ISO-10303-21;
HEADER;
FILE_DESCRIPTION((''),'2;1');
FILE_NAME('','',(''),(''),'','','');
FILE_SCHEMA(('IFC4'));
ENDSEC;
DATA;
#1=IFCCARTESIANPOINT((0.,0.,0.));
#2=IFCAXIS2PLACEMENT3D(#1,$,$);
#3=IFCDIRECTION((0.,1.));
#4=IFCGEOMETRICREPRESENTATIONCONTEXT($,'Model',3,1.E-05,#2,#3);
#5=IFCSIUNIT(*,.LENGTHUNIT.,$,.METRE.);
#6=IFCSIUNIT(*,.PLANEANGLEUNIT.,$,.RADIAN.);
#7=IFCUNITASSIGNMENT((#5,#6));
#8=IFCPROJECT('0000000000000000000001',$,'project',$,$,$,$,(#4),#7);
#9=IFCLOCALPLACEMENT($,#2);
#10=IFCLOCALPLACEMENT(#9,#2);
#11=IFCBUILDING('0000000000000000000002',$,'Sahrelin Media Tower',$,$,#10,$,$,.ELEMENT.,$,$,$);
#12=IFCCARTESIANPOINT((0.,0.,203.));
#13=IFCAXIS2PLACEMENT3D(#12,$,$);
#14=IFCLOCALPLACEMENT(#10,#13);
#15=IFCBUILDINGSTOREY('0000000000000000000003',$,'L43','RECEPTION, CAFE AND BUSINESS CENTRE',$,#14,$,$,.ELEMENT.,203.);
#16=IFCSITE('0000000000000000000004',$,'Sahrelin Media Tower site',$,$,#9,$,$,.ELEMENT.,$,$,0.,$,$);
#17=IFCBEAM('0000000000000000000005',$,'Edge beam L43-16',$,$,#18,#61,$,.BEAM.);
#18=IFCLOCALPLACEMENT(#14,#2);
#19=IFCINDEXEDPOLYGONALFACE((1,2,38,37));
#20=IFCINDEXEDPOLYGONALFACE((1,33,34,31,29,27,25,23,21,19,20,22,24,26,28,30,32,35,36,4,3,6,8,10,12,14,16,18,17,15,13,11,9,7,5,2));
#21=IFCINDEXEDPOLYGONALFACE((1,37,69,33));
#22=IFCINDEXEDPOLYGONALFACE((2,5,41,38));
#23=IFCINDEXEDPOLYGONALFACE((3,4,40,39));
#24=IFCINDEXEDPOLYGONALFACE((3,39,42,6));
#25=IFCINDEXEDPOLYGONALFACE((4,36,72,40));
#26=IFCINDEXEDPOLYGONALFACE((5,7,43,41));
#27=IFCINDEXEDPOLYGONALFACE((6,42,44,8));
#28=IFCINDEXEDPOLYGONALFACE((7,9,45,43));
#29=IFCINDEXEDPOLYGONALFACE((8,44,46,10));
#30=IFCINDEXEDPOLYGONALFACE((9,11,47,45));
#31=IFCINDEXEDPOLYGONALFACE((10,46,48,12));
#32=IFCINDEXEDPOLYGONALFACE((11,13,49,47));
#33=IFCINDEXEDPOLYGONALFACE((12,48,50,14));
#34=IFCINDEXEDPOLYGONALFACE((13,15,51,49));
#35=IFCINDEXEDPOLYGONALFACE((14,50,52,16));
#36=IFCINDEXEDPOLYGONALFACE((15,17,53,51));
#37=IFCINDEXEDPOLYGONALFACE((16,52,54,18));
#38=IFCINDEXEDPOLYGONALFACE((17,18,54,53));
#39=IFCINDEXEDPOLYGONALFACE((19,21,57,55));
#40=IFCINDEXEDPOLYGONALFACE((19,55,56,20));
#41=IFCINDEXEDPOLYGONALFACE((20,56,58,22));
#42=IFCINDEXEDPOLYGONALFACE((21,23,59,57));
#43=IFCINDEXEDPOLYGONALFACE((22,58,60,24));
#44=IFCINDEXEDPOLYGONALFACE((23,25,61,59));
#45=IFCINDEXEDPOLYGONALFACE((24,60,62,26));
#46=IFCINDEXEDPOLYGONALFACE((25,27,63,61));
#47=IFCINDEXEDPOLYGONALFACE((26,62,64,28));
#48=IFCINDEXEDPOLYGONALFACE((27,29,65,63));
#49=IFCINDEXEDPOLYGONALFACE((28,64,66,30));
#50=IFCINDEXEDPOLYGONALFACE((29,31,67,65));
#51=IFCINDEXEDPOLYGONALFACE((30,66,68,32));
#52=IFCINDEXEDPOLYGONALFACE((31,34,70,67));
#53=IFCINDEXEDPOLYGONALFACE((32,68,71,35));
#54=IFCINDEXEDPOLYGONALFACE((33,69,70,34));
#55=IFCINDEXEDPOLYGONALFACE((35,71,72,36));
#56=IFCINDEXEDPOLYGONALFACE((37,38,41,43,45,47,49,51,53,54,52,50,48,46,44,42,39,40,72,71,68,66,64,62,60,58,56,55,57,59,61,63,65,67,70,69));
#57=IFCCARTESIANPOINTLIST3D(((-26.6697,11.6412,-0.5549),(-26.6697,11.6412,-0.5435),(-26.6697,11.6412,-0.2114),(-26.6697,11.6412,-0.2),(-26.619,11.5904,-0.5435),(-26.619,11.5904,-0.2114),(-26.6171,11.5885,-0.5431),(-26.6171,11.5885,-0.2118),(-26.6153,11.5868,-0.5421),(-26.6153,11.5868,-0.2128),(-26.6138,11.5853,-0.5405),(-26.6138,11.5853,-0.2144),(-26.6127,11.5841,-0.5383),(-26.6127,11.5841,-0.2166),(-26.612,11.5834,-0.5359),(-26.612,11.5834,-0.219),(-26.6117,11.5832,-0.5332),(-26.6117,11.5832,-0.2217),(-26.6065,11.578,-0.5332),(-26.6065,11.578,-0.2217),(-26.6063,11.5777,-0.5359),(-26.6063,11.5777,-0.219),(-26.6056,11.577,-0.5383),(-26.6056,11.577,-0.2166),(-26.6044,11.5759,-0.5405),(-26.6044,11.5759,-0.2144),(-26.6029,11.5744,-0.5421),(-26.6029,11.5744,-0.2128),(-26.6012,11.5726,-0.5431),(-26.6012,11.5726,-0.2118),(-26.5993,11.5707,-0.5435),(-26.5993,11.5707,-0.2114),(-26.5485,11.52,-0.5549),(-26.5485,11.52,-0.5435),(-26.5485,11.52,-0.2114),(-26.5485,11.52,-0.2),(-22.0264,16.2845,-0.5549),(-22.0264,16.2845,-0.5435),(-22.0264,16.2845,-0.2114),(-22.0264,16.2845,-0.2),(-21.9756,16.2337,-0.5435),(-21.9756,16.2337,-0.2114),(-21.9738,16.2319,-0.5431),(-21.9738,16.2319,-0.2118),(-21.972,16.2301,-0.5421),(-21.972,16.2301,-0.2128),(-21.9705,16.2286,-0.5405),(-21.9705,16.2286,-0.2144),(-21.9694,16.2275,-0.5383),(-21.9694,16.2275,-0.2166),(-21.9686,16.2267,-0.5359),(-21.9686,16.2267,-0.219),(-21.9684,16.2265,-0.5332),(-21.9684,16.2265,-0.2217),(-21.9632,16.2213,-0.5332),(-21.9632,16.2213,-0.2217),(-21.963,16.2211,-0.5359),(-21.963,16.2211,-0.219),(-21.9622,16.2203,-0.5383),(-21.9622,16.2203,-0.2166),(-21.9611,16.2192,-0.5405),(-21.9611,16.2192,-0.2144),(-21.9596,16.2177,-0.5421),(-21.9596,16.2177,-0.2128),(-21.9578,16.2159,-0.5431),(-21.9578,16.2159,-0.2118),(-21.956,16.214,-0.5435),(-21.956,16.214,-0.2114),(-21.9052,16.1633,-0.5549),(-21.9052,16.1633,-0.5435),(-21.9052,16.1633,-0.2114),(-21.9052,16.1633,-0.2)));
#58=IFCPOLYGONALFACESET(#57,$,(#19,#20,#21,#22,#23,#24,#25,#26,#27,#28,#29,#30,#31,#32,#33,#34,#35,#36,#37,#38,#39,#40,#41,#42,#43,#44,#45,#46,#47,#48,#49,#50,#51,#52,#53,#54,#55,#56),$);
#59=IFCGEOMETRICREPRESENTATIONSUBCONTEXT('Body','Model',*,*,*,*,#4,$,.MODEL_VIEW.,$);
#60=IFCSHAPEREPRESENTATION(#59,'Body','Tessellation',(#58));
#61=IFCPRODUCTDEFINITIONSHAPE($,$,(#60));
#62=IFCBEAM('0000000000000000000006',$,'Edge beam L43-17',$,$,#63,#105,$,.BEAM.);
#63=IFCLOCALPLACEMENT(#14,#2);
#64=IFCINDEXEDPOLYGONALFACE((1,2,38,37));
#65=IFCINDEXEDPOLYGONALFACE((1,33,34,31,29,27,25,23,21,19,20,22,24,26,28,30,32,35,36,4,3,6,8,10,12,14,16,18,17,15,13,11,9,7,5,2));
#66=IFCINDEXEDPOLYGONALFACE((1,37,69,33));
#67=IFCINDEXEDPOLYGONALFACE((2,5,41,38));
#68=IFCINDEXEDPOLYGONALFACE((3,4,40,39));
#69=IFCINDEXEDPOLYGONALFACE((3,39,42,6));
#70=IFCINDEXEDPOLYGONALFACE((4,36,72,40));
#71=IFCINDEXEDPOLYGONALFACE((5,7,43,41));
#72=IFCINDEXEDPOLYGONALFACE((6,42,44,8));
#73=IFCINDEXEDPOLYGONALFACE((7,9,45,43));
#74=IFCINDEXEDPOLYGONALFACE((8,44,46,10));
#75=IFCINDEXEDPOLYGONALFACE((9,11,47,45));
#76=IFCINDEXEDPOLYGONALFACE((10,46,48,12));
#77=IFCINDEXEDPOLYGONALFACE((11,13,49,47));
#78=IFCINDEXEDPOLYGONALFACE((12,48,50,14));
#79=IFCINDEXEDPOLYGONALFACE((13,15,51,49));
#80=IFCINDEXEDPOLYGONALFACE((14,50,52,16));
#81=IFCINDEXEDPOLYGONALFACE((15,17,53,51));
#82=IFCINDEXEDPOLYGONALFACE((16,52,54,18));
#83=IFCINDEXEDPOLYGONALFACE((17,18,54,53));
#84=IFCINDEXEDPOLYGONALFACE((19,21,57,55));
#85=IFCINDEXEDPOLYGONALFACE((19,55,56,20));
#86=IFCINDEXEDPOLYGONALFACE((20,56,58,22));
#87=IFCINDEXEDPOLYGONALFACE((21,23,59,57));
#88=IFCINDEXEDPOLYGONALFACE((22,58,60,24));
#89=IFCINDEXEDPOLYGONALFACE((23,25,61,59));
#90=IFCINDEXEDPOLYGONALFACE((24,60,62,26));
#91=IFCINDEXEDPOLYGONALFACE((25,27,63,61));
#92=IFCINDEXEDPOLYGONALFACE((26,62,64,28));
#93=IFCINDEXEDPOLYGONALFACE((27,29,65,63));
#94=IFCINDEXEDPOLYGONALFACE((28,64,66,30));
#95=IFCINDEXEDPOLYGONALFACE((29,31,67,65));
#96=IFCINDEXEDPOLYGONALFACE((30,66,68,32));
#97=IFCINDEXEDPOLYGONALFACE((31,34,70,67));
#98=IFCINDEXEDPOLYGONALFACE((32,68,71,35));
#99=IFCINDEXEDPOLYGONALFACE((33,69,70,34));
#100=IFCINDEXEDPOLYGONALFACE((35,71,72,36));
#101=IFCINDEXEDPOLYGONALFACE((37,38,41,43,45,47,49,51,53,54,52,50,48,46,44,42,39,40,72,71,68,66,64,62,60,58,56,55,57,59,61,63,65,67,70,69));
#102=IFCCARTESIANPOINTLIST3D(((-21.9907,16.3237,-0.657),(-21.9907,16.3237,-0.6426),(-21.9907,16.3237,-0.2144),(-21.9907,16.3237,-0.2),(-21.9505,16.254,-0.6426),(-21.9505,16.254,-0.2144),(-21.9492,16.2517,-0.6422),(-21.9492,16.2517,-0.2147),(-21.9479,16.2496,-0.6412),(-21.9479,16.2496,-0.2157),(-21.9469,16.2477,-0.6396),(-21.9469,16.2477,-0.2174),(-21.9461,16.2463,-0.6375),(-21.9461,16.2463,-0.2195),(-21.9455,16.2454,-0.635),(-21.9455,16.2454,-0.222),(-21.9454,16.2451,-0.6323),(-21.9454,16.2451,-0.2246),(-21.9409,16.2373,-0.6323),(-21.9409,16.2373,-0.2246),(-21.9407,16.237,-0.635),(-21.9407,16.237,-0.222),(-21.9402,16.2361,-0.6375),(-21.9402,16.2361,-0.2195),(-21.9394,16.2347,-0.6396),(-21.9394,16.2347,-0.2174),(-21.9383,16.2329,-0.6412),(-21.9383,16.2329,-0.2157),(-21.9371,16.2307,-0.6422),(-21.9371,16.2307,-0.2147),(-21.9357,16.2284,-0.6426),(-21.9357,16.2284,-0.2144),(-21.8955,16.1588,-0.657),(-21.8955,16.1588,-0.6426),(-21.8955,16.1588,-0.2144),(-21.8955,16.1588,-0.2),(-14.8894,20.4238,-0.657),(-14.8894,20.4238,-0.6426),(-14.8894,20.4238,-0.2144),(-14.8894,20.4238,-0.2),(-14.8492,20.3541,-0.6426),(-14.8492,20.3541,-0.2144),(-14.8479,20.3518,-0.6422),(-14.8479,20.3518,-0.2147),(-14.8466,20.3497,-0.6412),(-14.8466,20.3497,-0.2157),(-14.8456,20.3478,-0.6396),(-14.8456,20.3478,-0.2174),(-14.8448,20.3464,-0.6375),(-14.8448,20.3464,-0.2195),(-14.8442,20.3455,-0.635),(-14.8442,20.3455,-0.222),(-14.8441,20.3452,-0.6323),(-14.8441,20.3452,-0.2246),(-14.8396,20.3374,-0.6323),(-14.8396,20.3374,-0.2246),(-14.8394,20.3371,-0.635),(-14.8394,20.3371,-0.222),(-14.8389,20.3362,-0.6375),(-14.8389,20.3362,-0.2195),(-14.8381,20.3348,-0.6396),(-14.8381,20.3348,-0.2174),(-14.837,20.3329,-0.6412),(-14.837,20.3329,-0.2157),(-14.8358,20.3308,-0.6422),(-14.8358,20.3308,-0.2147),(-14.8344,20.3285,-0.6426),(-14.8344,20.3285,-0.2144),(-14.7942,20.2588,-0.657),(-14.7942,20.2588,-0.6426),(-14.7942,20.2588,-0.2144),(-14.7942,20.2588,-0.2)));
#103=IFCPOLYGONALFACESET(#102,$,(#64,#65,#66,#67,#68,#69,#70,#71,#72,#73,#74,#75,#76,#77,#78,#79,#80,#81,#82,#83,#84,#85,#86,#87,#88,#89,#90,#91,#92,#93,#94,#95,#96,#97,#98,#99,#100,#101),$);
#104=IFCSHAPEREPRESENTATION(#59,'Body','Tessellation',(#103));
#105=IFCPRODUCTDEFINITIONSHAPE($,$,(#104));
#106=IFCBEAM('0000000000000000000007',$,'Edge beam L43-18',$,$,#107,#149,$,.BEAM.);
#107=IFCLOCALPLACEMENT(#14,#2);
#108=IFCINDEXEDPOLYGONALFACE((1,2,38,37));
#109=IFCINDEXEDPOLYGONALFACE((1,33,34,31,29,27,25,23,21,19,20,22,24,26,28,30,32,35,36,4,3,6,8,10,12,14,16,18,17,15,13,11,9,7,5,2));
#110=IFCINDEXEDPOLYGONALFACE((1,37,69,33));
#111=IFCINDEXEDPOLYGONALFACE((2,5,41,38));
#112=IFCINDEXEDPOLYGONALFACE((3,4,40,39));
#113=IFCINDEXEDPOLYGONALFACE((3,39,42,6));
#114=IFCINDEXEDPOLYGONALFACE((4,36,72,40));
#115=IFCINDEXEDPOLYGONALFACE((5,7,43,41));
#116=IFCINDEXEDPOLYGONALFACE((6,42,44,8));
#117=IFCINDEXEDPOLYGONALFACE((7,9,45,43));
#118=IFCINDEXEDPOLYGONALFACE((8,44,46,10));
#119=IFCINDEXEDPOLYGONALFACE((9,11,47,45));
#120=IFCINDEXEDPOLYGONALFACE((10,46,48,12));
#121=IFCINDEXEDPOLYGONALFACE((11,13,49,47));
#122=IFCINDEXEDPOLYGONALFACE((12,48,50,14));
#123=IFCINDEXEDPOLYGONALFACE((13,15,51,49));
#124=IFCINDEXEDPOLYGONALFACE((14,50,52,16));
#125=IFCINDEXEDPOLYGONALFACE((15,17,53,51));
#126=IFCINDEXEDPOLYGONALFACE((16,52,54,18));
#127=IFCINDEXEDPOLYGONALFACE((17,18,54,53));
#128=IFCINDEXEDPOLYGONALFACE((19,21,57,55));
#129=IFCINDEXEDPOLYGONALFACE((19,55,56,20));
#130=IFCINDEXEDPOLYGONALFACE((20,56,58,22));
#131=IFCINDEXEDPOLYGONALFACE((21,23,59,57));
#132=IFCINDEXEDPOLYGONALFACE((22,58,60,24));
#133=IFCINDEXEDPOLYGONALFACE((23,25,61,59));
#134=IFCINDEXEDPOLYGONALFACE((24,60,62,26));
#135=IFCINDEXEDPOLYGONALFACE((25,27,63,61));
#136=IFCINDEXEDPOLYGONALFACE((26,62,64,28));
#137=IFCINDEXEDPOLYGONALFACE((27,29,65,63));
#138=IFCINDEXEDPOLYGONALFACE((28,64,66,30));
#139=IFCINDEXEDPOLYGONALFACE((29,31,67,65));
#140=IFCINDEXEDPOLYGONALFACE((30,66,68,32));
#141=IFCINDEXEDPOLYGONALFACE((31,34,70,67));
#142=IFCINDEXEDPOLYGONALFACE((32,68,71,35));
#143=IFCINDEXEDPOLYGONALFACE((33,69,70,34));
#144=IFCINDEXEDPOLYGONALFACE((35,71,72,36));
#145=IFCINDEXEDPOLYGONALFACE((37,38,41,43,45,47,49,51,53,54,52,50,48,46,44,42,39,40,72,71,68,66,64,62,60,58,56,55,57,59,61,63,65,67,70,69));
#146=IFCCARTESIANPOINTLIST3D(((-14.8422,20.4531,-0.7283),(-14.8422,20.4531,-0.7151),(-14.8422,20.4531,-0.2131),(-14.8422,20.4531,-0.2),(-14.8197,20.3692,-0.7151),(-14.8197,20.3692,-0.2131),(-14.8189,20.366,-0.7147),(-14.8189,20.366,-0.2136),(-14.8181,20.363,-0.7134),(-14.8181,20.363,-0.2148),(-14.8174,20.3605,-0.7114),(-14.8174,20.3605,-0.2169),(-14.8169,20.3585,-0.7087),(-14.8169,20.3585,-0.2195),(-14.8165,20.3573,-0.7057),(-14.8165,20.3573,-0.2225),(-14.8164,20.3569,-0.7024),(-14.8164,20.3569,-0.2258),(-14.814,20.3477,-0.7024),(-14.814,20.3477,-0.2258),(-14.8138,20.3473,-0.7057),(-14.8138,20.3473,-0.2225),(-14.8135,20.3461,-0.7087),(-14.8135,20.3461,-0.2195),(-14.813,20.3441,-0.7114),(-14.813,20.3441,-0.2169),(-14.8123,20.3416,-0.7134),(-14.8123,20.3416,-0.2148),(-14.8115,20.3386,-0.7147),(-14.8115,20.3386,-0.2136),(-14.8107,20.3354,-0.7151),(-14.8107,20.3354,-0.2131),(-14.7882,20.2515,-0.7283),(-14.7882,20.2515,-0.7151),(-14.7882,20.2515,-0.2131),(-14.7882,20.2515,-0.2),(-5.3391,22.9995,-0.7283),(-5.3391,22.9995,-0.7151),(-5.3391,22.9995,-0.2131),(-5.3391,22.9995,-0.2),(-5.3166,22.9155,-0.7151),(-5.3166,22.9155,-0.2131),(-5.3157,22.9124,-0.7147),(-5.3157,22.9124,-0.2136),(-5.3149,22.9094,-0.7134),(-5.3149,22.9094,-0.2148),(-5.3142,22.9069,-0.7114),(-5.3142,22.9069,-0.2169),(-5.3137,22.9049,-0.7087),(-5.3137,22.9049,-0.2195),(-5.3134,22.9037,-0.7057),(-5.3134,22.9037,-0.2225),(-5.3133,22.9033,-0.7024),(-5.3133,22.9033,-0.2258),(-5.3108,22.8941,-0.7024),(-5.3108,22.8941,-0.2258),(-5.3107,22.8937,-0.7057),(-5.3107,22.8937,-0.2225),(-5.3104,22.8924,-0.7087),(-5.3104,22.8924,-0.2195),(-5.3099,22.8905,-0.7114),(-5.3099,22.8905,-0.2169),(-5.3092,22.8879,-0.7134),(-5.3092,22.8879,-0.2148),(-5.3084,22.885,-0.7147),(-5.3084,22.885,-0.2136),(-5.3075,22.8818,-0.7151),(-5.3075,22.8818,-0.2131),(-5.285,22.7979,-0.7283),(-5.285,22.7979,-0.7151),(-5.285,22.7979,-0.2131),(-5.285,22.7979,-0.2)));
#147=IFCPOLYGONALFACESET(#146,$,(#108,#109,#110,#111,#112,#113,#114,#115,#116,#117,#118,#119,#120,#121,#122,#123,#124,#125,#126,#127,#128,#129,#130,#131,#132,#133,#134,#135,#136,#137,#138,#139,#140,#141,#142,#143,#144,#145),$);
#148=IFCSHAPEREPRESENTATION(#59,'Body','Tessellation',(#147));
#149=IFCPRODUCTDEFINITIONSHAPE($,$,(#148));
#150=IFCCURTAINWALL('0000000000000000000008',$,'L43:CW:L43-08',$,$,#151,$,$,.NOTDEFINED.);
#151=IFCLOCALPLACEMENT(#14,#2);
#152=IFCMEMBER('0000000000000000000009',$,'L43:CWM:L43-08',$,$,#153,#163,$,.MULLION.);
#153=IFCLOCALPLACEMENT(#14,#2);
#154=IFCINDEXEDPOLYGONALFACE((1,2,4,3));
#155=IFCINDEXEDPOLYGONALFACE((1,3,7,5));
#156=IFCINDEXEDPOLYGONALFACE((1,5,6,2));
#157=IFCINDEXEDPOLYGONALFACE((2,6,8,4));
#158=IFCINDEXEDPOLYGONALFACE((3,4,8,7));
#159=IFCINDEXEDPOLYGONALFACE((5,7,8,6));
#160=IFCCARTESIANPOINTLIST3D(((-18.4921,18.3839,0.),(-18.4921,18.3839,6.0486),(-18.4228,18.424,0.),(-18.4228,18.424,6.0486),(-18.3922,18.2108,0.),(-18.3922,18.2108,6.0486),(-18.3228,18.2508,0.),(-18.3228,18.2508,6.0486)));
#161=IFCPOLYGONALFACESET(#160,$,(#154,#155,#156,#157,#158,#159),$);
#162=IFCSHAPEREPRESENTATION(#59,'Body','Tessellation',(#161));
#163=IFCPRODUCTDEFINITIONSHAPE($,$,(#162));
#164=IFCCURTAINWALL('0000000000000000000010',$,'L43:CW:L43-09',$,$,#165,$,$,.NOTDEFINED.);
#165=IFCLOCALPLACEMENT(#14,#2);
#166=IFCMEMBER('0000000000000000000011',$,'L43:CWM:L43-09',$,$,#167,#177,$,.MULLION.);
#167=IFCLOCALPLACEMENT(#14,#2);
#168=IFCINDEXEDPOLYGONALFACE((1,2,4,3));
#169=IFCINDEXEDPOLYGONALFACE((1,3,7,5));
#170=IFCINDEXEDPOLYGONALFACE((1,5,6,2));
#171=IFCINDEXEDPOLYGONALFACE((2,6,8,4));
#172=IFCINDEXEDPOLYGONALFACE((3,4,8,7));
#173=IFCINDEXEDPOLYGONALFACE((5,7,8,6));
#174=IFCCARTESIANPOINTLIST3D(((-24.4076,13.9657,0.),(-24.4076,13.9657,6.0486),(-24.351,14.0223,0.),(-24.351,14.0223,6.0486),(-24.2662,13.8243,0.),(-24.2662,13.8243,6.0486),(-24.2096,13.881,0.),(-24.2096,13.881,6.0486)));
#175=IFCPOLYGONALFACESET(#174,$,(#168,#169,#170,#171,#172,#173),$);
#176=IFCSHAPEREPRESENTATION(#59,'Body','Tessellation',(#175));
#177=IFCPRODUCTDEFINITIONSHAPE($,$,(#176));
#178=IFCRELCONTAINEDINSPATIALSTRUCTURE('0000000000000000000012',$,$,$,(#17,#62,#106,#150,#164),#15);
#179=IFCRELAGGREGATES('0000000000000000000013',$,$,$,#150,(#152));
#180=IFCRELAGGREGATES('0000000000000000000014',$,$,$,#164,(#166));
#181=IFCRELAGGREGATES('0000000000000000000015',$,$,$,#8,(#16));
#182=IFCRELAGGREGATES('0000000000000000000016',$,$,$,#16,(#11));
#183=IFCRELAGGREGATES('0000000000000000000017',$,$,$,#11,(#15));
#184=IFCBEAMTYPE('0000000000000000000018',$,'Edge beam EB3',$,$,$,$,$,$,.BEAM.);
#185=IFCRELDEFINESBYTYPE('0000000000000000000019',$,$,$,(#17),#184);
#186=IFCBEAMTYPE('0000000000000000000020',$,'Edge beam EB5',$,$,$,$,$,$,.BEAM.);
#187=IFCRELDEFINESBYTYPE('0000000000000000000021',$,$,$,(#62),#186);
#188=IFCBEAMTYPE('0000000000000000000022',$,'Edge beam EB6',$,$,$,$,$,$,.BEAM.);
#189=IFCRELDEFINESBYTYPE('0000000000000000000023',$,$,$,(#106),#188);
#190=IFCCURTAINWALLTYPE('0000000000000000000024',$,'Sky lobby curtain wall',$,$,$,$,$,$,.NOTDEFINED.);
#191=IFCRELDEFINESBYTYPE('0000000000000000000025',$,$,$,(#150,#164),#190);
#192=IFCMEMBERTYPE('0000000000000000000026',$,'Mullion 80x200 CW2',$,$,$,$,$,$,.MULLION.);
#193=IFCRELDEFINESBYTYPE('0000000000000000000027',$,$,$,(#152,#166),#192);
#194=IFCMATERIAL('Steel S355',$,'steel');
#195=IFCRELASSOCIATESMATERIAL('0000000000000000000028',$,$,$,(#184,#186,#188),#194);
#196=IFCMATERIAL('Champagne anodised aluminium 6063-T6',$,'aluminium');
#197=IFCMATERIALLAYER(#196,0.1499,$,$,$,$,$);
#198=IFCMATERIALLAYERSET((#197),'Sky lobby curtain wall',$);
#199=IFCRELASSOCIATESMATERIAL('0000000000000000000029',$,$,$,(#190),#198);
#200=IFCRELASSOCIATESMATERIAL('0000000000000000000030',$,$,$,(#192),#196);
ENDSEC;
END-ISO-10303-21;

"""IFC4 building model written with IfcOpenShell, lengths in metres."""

from ifc_helpers import new_model, si_unit, direction, frame, origin, origin_2d, place, context, subcontext, project, spatial, rectangle, i_section, extrude, material, layer, layer_set, material_profile, profile_set, type_object, element, aggregate, save


model = new_model("IFC4")

# Units and contexts
model_context = context("Model", 3, precision=1e-05, world=origin(), true_north=direction((0.0, 1.0)))
body_context = subcontext(model_context, "Body", "Model", "MODEL_VIEW")
ifc_project = project(units=[si_unit("LENGTHUNIT", "METRE"), si_unit("PLANEANGLEUNIT", "RADIAN")], contexts=[model_context])

# Site, building, storey
site_placement = place(None, origin())
site = spatial("IfcSite", under=ifc_project, at=site_placement, Name="Sahrelin Media Tower site", CompositionType="ELEMENT", RefElevation=0.0)
building_placement = place(site_placement, origin())
building = spatial("IfcBuilding", under=site, at=building_placement, Name="Sahrelin Media Tower", CompositionType="ELEMENT")
storey_placement = place(building_placement, frame((0.0, 0.0, 203.0)))
storey = spatial("IfcBuildingStorey", under=building, at=storey_placement, Name="L43", Description="RECEPTION, CAFE AND BUSINESS CENTRE", CompositionType="ELEMENT", Elevation=203.0)

# Beams
ifc_material_1 = material(Name="Steel S355", Category="steel")
ifc_material_profile_1 = material_profile(ifc_material_1, i_section(OverallWidth=0.1714, OverallDepth=0.355, WebThickness=0.0073, FlangeThickness=0.0115, FilletRadius=0.0103, at=origin_2d()), Name="UB 356x171x51")
ifc_profile_set_1 = profile_set([ifc_material_profile_1], Name="Steel S355")
beam_type_1 = type_object("IfcBeamType", Name="Edge beam EB3", PredefinedType="BEAM", material=ifc_profile_set_1)
beam_1_placement = place(storey_placement, frame((-26.6091, 11.5806, -0.3774), z_axis=(0.707107, 0.707107, 0.0), x_axis=(-0.707107, 0.707107, 0.0)))
element("IfcBeam", 1, at=beam_1_placement, inside=storey, type_object=beam_type_1, Name="Edge beam L43-16", PredefinedType="BEAM", context=body_context, shape_type="SweptSolid", body=[
    extrude(i_section(OverallWidth=0.1714, OverallDepth=0.355, WebThickness=0.0073, FlangeThickness=0.0115, FilletRadius=0.0103, at=origin_2d()), origin(), (0.0, 0.0, 1.0), 6.5667),
])
ifc_material_profile_2 = material_profile(ifc_material_1, i_section(OverallWidth=0.1904, OverallDepth=0.457, WebThickness=0.009, FlangeThickness=0.0144, FilletRadius=0.0103, at=origin_2d()), Name="UB 457x191x74")
ifc_profile_set_2 = profile_set([ifc_material_profile_2], Name="Steel S355")
beam_type_2 = type_object("IfcBeamType", Name="Edge beam EB5", PredefinedType="BEAM", material=ifc_profile_set_2)
beam_2_placement = place(storey_placement, frame((-21.9431, 16.2412, -0.4285), z_axis=(0.866018, 0.500014, 0.0), x_axis=(-0.500014, 0.866018, 0.0)))
element("IfcBeam", 2, at=beam_2_placement, inside=storey, type_object=beam_type_2, Name="Edge beam L43-17", PredefinedType="BEAM", context=body_context, shape_type="SweptSolid", body=[
    extrude(i_section(OverallWidth=0.1904, OverallDepth=0.457, WebThickness=0.009, FlangeThickness=0.0144, FilletRadius=0.0103, at=origin_2d()), origin(), (0.0, 0.0, 1.0), 8.2),
])
ifc_material_profile_3 = material_profile(ifc_material_1, i_section(OverallWidth=0.2087, OverallDepth=0.5283, WebThickness=0.0095, FlangeThickness=0.0132, FilletRadius=0.0127, at=origin_2d()), Name="UB 533x210x82")
ifc_profile_set_3 = profile_set([ifc_material_profile_3], Name="Steel S355")
beam_type_3 = type_object("IfcBeamType", Name="Edge beam EB6", PredefinedType="BEAM", material=ifc_profile_set_3)
beam_3_placement = place(storey_placement, frame((-14.8152, 20.3523, -0.4641), z_axis=(0.965925, 0.258821, 0.0), x_axis=(-0.258821, 0.965925, 0.0)))
element("IfcBeam", 3, at=beam_3_placement, inside=storey, type_object=beam_type_3, Name="Edge beam L43-18", PredefinedType="BEAM", context=body_context, shape_type="SweptSolid", body=[
    extrude(i_section(OverallWidth=0.2087, OverallDepth=0.5283, WebThickness=0.0095, FlangeThickness=0.0132, FilletRadius=0.0127, at=origin_2d()), origin(), (0.0, 0.0, 1.0), 9.8384),
])

# Curtain walls, members
ifc_material_2 = material(Name="Champagne anodised aluminium 6063-T6", Category="aluminium")
ifc_layer_1 = layer(ifc_material_2, 0.1499)
ifc_layer_set_1 = layer_set([ifc_layer_1], Name="Sky lobby curtain wall")
curtain_wall_type = type_object("IfcCurtainWallType", Name="Sky lobby curtain wall", PredefinedType="NOTDEFINED", material=ifc_layer_set_1)
curtain_wall_1_placement = place(storey_placement, frame((-18.4673, 18.4211, 0.0), z_axis=(0.0, 0.0, 1.0), x_axis=(1.0, 0.0, 0.0)))
curtain_wall_1 = element("IfcCurtainWall", 4, at=curtain_wall_1_placement, inside=storey, type_object=curtain_wall_type, Name="L43:CW:L43-08", PredefinedType="NOTDEFINED")
ifc_material_profile_4 = material_profile(ifc_material_2, rectangle(XDim=0.0801, YDim=0.2, at=origin_2d()), Name="Mullion 80x200")
ifc_profile_set_4 = profile_set([ifc_material_profile_4], Name="Champagne anodised aluminium 6063-T6")
member_type_1 = type_object("IfcMemberType", Name="Mullion 80x200 CW2", PredefinedType="MULLION", material=ifc_profile_set_4)
member_1_placement = place(storey_placement, frame((-18.4075, 18.3174, 0.0), z_axis=(0.0, 0.0, 1.0), x_axis=(-0.866027, -0.499997, 0.0)))
member_1 = element("IfcMember", 5, at=member_1_placement, type_object=member_type_1, Name="L43:CWM:L43-08", PredefinedType="MULLION", context=body_context, shape_type="SweptSolid", body=[
    extrude(rectangle(XDim=0.0801, YDim=0.2, at=origin_2d()), origin(), (0.0, 0.0, 1.0), 6.0486),
])
curtain_wall_2_placement = place(storey_placement, frame((-24.3936, 14.0083, 0.0), z_axis=(0.0, 0.0, 1.0), x_axis=(1.0, 0.0, 0.0)))
curtain_wall_2 = element("IfcCurtainWall", 6, at=curtain_wall_2_placement, inside=storey, type_object=curtain_wall_type, Name="L43:CW:L43-09", PredefinedType="NOTDEFINED")
member_2_placement = place(storey_placement, frame((-24.3086, 13.9233, 0.0), z_axis=(0.0, 0.0, 1.0), x_axis=(-0.707107, -0.707107, 0.0)))
member_2 = element("IfcMember", 7, at=member_2_placement, type_object=member_type_1, Name="L43:CWM:L43-09", PredefinedType="MULLION", context=body_context, shape_type="SweptSolid", body=[
    extrude(rectangle(XDim=0.0801, YDim=0.2, at=origin_2d()), origin(), (0.0, 0.0, 1.0), 6.0486),
])

aggregate(curtain_wall_1, [member_1])
aggregate(curtain_wall_2, [member_2])

save(model, "model.ifc")
